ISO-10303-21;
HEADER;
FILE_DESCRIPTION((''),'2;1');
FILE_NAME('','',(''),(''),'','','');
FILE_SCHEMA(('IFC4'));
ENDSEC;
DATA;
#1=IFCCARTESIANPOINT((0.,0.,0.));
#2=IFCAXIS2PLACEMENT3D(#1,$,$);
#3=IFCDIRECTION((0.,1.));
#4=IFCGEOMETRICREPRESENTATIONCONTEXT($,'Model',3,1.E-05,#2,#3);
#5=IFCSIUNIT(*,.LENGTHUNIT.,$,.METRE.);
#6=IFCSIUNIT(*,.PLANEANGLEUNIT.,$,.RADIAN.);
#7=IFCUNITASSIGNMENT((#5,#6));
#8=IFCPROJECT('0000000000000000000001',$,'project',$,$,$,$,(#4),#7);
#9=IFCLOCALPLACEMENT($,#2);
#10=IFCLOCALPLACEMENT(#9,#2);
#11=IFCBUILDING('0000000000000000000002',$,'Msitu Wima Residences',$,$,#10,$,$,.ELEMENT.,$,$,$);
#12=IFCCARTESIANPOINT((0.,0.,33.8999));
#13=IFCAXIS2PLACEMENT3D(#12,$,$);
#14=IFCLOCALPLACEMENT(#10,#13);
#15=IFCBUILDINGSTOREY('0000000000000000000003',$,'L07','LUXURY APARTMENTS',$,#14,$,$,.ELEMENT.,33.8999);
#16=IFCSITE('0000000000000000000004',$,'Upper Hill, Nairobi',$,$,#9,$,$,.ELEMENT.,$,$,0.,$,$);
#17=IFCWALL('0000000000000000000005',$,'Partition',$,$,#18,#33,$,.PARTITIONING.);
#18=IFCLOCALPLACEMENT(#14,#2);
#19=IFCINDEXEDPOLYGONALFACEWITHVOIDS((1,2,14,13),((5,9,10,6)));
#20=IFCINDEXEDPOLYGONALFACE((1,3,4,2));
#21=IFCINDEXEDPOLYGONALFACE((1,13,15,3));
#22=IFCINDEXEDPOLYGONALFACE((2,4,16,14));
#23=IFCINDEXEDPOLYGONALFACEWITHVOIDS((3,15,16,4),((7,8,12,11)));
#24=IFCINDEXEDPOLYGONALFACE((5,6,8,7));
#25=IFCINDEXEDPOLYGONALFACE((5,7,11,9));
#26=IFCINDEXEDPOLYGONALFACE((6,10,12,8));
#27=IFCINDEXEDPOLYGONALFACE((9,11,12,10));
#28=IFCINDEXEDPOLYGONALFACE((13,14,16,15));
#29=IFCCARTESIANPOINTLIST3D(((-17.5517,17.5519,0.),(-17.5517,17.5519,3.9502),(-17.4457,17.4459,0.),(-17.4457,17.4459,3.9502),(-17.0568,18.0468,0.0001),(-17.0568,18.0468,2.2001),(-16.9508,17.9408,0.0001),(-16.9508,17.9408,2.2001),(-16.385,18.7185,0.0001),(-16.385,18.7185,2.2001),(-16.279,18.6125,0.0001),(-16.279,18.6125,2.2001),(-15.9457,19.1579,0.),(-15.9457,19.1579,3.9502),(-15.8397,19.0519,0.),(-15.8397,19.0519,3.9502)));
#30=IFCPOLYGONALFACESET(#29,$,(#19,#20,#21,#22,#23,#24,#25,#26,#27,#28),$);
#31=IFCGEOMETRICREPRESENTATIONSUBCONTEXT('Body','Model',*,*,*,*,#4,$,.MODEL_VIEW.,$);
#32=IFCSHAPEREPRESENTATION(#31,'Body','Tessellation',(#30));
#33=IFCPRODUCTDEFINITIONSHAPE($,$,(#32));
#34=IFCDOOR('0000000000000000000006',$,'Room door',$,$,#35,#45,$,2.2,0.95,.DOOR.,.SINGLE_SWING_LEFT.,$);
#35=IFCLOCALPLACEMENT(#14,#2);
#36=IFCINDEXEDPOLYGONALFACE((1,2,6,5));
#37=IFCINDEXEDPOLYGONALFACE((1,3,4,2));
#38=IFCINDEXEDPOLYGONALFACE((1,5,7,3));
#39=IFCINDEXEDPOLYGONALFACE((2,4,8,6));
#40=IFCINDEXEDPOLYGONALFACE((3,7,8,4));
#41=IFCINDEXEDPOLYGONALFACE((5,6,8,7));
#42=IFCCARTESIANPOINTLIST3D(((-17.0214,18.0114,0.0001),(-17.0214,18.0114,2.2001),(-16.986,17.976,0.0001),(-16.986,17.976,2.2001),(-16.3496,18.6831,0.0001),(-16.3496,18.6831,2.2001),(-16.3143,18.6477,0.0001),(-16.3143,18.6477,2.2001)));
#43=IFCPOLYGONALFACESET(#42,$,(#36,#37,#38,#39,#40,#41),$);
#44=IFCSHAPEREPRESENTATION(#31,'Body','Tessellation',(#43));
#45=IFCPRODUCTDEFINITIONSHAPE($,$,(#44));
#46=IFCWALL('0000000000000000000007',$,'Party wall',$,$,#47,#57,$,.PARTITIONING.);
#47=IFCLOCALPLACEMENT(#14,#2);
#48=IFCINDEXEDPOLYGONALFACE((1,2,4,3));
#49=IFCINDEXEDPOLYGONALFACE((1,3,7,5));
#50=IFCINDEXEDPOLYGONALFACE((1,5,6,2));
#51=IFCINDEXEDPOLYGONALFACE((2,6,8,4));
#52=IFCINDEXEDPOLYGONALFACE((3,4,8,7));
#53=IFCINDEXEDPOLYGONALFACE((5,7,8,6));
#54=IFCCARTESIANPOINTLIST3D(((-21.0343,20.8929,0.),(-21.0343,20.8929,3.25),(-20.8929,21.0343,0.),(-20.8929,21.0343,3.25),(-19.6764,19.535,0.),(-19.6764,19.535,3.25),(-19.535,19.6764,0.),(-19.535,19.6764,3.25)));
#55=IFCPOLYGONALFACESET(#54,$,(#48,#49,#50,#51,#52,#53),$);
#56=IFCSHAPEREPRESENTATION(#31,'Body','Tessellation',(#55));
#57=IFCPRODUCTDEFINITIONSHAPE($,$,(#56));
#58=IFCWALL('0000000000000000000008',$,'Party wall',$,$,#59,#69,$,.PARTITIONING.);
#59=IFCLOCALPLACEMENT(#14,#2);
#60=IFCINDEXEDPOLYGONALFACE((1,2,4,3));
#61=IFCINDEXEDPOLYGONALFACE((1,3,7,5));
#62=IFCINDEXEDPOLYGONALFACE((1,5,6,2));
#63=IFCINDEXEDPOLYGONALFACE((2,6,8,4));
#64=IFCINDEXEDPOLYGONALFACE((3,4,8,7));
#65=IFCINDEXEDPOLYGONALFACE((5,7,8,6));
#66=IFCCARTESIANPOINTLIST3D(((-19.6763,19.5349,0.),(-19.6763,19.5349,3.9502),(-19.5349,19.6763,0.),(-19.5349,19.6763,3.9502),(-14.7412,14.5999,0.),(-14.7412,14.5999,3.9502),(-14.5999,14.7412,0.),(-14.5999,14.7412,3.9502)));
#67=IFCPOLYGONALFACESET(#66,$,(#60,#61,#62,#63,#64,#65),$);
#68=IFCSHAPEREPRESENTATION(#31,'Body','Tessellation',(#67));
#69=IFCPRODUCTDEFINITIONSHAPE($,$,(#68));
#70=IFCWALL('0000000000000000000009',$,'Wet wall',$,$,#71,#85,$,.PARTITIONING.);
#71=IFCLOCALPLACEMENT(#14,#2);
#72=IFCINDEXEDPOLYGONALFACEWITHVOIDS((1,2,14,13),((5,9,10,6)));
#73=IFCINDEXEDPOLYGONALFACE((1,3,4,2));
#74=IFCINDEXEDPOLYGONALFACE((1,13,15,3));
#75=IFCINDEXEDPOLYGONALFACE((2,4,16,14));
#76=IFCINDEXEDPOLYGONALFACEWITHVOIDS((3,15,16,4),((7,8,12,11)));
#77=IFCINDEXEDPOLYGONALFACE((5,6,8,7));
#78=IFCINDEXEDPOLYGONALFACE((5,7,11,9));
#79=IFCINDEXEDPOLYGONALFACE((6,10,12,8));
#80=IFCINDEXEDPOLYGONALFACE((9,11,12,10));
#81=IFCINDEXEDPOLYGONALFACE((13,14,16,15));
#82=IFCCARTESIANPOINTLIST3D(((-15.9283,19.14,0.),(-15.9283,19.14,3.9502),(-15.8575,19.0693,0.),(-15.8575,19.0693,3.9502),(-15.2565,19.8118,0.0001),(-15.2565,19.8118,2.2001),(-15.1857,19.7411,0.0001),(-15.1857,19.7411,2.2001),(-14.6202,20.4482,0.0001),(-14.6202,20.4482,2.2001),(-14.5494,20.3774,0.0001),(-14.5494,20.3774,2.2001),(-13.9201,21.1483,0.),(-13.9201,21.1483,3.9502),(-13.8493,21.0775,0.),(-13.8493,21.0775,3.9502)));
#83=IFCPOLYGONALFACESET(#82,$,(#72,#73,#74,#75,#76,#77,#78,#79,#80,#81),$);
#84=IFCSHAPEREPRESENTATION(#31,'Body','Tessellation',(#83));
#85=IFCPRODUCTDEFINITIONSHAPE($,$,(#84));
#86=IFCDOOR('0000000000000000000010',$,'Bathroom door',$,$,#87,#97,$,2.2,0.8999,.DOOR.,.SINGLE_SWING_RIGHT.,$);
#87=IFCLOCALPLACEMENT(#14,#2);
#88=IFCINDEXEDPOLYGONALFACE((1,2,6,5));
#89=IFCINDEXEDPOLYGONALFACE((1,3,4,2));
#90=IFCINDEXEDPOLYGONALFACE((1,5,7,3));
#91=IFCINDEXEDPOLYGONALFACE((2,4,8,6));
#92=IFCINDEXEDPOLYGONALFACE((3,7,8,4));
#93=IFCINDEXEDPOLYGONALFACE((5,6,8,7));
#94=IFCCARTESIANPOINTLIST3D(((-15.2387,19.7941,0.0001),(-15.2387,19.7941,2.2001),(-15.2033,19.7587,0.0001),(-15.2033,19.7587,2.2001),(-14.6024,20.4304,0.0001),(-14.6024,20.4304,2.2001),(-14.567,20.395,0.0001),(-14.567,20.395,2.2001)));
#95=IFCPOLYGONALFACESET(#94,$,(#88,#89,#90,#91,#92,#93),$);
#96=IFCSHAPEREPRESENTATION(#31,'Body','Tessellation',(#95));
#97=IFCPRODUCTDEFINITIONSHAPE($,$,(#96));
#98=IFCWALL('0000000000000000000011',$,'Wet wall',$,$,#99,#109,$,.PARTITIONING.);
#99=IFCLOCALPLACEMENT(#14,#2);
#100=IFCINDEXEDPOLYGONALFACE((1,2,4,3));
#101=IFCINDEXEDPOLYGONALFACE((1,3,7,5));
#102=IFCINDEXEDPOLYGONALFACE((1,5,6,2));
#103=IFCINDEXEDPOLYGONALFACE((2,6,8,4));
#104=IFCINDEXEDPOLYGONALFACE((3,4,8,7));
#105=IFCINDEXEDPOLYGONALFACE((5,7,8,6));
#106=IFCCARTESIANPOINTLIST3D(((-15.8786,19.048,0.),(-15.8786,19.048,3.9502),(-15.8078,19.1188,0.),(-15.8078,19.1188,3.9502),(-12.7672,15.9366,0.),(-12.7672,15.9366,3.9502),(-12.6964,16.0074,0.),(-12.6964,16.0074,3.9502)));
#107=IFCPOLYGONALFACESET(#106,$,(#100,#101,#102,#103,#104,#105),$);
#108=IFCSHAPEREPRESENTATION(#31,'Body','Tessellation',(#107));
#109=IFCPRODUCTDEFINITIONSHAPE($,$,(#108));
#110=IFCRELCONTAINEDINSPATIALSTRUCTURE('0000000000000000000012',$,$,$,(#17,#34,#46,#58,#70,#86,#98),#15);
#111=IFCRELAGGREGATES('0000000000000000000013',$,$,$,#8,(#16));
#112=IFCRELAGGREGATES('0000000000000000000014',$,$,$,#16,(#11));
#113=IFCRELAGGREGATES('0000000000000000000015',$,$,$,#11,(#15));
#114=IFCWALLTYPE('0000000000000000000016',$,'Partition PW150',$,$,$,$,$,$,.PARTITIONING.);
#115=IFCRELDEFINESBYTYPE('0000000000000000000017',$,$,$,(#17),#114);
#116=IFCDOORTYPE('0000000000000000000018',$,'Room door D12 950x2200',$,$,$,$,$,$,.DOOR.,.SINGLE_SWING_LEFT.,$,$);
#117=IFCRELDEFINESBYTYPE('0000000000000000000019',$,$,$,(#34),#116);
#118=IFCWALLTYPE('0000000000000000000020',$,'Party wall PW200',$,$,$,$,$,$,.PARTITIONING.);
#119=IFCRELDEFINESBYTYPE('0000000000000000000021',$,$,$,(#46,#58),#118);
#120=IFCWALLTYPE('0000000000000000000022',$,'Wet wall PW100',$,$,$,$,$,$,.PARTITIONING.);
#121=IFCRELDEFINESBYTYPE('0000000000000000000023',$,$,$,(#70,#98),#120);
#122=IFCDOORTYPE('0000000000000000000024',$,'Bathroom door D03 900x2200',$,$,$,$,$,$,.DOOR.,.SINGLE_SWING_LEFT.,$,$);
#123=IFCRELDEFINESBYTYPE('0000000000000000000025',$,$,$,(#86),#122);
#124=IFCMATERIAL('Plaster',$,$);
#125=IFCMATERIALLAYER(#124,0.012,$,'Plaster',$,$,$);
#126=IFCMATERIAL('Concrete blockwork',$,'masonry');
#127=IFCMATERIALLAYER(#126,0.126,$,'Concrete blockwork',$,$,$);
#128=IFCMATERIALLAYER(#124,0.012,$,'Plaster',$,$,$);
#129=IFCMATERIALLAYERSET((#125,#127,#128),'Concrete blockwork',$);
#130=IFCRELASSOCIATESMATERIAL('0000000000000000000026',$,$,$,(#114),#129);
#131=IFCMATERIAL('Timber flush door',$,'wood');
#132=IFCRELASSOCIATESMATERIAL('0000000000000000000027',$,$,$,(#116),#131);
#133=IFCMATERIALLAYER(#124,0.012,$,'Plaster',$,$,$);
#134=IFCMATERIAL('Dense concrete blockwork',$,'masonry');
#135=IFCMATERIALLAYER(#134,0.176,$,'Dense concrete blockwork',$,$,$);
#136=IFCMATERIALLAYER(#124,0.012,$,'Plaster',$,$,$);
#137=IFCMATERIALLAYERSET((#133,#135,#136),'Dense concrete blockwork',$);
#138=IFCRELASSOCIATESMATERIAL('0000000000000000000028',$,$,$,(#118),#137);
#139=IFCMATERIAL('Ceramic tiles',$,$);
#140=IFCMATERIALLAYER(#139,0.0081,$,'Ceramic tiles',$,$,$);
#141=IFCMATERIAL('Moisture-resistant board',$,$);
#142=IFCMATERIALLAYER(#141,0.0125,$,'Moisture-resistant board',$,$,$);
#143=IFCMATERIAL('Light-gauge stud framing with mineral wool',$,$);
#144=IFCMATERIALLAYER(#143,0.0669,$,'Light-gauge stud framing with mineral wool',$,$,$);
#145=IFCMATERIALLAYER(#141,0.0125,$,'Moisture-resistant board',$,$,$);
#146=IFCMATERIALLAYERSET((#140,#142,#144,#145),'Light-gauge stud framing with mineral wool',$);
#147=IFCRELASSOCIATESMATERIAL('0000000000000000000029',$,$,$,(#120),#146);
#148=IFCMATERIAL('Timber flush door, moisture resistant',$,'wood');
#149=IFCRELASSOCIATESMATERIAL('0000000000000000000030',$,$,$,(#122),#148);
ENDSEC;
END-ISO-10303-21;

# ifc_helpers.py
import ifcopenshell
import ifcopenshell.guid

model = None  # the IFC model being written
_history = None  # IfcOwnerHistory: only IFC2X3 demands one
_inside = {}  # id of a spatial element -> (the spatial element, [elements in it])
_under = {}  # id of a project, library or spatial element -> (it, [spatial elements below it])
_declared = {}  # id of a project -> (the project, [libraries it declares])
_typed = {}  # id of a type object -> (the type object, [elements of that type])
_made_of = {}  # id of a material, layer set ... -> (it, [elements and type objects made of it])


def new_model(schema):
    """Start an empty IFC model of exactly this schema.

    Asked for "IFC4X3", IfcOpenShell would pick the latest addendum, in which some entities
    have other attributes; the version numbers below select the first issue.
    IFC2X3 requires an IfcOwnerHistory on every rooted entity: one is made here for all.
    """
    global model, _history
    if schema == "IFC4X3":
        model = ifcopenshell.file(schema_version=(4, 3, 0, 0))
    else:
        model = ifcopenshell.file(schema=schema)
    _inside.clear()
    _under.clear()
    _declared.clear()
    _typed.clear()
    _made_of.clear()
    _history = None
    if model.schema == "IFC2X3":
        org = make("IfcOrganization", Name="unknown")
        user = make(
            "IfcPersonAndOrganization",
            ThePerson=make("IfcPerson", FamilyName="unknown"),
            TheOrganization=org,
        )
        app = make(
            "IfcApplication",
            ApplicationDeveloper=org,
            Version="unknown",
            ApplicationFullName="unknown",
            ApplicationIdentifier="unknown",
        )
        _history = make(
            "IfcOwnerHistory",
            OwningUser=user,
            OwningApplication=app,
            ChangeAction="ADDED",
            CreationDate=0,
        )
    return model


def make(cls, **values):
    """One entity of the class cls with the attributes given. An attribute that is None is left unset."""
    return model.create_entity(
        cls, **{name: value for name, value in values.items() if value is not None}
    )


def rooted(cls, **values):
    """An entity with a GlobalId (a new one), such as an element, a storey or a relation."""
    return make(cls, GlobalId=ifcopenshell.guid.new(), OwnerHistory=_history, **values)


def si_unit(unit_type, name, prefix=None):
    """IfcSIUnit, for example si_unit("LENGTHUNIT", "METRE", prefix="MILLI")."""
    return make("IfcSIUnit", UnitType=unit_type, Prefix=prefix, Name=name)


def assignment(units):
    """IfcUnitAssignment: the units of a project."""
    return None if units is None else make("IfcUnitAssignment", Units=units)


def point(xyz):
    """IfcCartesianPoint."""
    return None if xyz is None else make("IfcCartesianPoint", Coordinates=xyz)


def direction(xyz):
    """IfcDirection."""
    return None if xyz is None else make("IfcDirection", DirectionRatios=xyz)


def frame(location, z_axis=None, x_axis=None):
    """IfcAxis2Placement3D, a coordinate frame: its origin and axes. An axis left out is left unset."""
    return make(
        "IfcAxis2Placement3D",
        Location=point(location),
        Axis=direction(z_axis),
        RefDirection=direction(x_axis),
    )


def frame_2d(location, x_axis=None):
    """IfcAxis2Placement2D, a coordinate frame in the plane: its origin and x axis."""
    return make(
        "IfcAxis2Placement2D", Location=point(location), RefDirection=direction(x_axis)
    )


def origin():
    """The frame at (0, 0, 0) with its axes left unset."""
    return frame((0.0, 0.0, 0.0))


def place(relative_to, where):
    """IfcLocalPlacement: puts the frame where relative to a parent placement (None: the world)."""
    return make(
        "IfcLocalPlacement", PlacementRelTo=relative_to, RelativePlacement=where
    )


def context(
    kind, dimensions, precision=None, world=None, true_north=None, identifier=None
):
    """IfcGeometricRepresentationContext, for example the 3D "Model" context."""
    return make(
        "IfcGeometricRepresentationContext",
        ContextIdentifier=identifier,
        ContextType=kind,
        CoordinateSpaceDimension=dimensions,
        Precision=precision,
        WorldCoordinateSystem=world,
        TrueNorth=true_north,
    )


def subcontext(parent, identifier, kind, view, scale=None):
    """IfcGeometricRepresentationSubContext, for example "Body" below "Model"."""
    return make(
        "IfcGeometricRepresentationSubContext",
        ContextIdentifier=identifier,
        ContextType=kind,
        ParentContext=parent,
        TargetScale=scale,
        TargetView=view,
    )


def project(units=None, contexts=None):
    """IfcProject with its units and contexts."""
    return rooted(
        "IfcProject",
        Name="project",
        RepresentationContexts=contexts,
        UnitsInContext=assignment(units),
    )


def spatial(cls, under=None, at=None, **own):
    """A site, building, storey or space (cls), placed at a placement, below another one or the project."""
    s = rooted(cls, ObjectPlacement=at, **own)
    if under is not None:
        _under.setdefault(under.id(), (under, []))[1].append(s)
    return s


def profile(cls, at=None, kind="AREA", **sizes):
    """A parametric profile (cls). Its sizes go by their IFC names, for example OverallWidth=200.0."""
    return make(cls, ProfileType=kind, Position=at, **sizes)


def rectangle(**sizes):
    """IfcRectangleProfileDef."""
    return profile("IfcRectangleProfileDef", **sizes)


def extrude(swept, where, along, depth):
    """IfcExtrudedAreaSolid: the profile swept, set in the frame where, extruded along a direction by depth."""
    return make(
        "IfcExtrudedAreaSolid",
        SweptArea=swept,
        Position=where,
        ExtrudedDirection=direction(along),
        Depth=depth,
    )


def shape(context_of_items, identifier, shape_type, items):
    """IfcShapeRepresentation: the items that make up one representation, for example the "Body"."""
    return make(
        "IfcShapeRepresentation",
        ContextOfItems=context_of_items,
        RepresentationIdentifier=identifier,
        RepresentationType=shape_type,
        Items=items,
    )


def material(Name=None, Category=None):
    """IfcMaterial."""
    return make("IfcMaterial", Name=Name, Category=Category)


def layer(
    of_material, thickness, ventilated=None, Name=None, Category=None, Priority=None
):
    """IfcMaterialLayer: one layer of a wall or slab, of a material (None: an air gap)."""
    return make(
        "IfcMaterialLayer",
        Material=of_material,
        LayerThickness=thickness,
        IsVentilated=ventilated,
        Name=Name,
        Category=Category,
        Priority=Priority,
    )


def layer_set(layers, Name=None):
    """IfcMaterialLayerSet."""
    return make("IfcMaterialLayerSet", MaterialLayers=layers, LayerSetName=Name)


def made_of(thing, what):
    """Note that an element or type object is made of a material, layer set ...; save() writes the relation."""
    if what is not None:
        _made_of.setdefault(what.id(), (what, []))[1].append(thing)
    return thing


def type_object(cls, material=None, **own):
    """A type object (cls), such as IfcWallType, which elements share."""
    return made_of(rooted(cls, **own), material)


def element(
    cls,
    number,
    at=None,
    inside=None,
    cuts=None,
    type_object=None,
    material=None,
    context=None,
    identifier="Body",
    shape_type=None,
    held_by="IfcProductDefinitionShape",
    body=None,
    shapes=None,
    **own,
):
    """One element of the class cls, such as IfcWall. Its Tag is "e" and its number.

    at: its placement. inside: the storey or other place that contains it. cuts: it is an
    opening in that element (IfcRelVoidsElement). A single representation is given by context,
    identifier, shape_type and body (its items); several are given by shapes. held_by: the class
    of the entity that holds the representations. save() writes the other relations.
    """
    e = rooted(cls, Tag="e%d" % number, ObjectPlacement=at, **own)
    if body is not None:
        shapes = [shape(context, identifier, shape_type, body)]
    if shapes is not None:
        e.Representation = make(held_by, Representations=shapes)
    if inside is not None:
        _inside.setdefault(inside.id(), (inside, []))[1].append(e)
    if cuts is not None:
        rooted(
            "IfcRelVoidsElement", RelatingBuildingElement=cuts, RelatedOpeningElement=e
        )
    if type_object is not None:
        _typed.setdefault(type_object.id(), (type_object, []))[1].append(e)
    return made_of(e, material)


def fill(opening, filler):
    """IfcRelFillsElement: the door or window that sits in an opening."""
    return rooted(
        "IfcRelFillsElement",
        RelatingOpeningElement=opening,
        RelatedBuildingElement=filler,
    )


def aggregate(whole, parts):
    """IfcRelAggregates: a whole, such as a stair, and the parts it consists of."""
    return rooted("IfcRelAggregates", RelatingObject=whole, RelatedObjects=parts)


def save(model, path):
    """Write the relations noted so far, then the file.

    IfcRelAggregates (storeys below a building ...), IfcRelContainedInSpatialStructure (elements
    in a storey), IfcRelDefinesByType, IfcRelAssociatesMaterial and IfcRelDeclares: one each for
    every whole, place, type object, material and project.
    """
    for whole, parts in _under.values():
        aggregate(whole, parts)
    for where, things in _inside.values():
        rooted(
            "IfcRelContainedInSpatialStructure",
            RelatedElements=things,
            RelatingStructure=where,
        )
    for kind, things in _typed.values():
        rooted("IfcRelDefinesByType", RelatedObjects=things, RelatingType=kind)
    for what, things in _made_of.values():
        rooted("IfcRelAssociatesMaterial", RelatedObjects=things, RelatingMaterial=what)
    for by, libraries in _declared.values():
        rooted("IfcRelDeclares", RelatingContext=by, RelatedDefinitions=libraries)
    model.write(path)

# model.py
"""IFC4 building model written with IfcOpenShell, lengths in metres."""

from ifc_helpers import new_model, si_unit, direction, frame, frame_2d, origin, place, context, subcontext, project, spatial, rectangle, extrude, material, layer, layer_set, type_object, element, fill, save


model = new_model("IFC4")

# Units and contexts
model_context = context("Model", 3, precision=1e-05, world=origin(), true_north=direction((0.0, 1.0)))
body_context = subcontext(model_context, "Body", "Model", "MODEL_VIEW")
ifc_project = project(units=[si_unit("LENGTHUNIT", "METRE"), si_unit("PLANEANGLEUNIT", "RADIAN")], contexts=[model_context])

# Site, building, storey
site_placement = place(None, origin())
site = spatial("IfcSite", under=ifc_project, at=site_placement, Name="Upper Hill, Nairobi", CompositionType="ELEMENT", RefElevation=0.0)
building_placement = place(site_placement, origin())
building = spatial("IfcBuilding", under=site, at=building_placement, Name="Msitu Wima Residences", CompositionType="ELEMENT")
storey_placement = place(building_placement, frame((0.0, 0.0, 33.8999)))
storey = spatial("IfcBuildingStorey", under=building, at=storey_placement, Name="L07", Description="LUXURY APARTMENTS", CompositionType="ELEMENT", Elevation=33.8999)

# Shared definitions
ifc_material_1 = material(Name="Plaster")
ifc_material_2 = material(Name="Concrete blockwork", Category="masonry")

# Shared definitions
ifc_layer_1 = layer(ifc_material_1, 0.012, Name="Plaster")
ifc_layer_2 = layer(ifc_material_2, 0.126, Name="Concrete blockwork")
ifc_layer_3 = layer(ifc_material_1, 0.012, Name="Plaster")
ifc_layer_set_1 = layer_set([ifc_layer_1, ifc_layer_2, ifc_layer_3], Name="Concrete blockwork")
wall_type_1 = type_object("IfcWallType", Name="Partition PW150", PredefinedType="PARTITIONING", material=ifc_layer_set_1)

# Wall, opening, door
wall_1_placement = place(storey_placement, frame((-17.4988, 17.4988, 0.0), z_axis=(0.0, 0.0, 1.0), x_axis=(0.707107, 0.707107, 0.0)))
wall_1 = element("IfcWall", 1, at=wall_1_placement, inside=storey, type_object=wall_type_1, Name="Partition", PredefinedType="PARTITIONING", context=body_context, shape_type="SweptSolid", body=[
    extrude(rectangle(XDim=2.2712, YDim=0.1499, at=frame_2d((1.1357, 0.0))), origin(), (0.0, 0.0, 1.0), 3.9502),
])
opening_1_placement = place(wall_1_placement, frame((0.7, 0.0, 0.0)))
opening_1 = element("IfcOpeningElement", 2, at=opening_1_placement, cuts=wall_1, PredefinedType="OPENING", context=body_context, shape_type="SweptSolid", body=[
    extrude(rectangle(XDim=0.95, YDim=2.2, at=frame_2d((0.4751, 1.1001))), frame((0.0, 0.085, 0.0), z_axis=(0.0, -1.0, 0.0), x_axis=(1.0, 0.0, 0.0)), (0.0, 0.0, 1.0), 0.1699),
])
ifc_material_3 = material(Name="Timber flush door", Category="wood")
door_type_1 = type_object("IfcDoorType", Name="Room door D12 950x2200", OperationType="SINGLE_SWING_LEFT", PredefinedType="DOOR", material=ifc_material_3)
door_1_placement = place(opening_1_placement, origin())
door_1 = element("IfcDoor", 3, at=door_1_placement, inside=storey, type_object=door_type_1, Name="Room door", OperationType="SINGLE_SWING_LEFT", OverallHeight=2.2, OverallWidth=0.95, PredefinedType="DOOR", context=body_context, shape_type="SweptSolid", body=[
    extrude(rectangle(XDim=0.95, YDim=2.2, at=frame_2d((0.4751, 1.1001))), frame((0.0, 0.0249, 0.0), z_axis=(0.0, -1.0, 0.0), x_axis=(1.0, 0.0, 0.0)), (0.0, 0.0, 1.0), 0.05),
])
fill(opening_1, door_1)

# Walls
ifc_layer_4 = layer(ifc_material_1, 0.012, Name="Plaster")
ifc_material_4 = material(Name="Dense concrete blockwork", Category="masonry")
ifc_layer_5 = layer(ifc_material_4, 0.176, Name="Dense concrete blockwork")
ifc_layer_6 = layer(ifc_material_1, 0.012, Name="Plaster")
ifc_layer_set_2 = layer_set([ifc_layer_4, ifc_layer_5, ifc_layer_6], Name="Dense concrete blockwork")
wall_type_2 = type_object("IfcWallType", Name="Party wall PW200", PredefinedType="PARTITIONING", material=ifc_layer_set_2)
wall_2_placement = place(storey_placement, frame((-20.9636, 20.9636, 0.0), z_axis=(0.0, 0.0, 1.0), x_axis=(0.707107, -0.707107, 0.0)))
element("IfcWall", 4, at=wall_2_placement, inside=storey, type_object=wall_type_2, Name="Party wall", PredefinedType="PARTITIONING", context=body_context, shape_type="SweptSolid", body=[
    extrude(rectangle(XDim=1.9204, YDim=0.2, at=frame_2d((0.9602, 0.0))), origin(), (0.0, 0.0, 1.0), 3.25),
])
wall_3_placement = place(storey_placement, frame((-19.6057, 19.6057, 0.0), z_axis=(0.0, 0.0, 1.0), x_axis=(0.707107, -0.707107, 0.0)))
element("IfcWall", 5, at=wall_3_placement, inside=storey, type_object=wall_type_2, Name="Party wall", PredefinedType="PARTITIONING", context=body_context, shape_type="SweptSolid", body=[
    extrude(rectangle(XDim=6.9792, YDim=0.2, at=frame_2d((3.4897, 0.0))), origin(), (0.0, 0.0, 1.0), 3.9502),
])

# Wall, opening, door
ifc_material_5 = material(Name="Ceramic tiles")
ifc_layer_7 = layer(ifc_material_5, 0.0081, Name="Ceramic tiles")
ifc_material_6 = material(Name="Moisture-resistant board")
ifc_layer_8 = layer(ifc_material_6, 0.0125, Name="Moisture-resistant board")
ifc_material_7 = material(Name="Light-gauge stud framing with mineral wool")
ifc_layer_9 = layer(ifc_material_7, 0.0669, Name="Light-gauge stud framing with mineral wool")
ifc_layer_10 = layer(ifc_material_6, 0.0125, Name="Moisture-resistant board")
ifc_layer_set_3 = layer_set([ifc_layer_7, ifc_layer_8, ifc_layer_9, ifc_layer_10], Name="Light-gauge stud framing with mineral wool")
wall_type_3 = type_object("IfcWallType", Name="Wet wall PW100", PredefinedType="PARTITIONING", material=ifc_layer_set_3)
wall_4_placement = place(storey_placement, frame((-15.8928, 19.1047, 0.0), z_axis=(0.0, 0.0, 1.0), x_axis=(0.707107, 0.707107, 0.0)))
wall_4 = element("IfcWall", 6, at=wall_4_placement, inside=storey, type_object=wall_type_3, Name="Wet wall", PredefinedType="PARTITIONING", context=body_context, shape_type="SweptSolid", body=[
    extrude(rectangle(XDim=2.8401, YDim=0.1001, at=frame_2d((1.4199, 0.0))), origin(), (0.0, 0.0, 1.0), 3.9502),
])
opening_2_placement = place(wall_4_placement, frame((0.95, 0.0, 0.0)))
opening_2 = element("IfcOpeningElement", 7, at=opening_2_placement, cuts=wall_4, PredefinedType="OPENING", context=body_context, shape_type="SweptSolid", body=[
    extrude(rectangle(XDim=0.8999, YDim=2.2, at=frame_2d((0.45, 1.1001))), frame((0.0, 0.0601, 0.0), z_axis=(0.0, -1.0, 0.0), x_axis=(1.0, 0.0, 0.0)), (0.0, 0.0, 1.0), 0.1201),
])
ifc_material_8 = material(Name="Timber flush door, moisture resistant", Category="wood")
door_type_2 = type_object("IfcDoorType", Name="Bathroom door D03 900x2200", OperationType="SINGLE_SWING_LEFT", PredefinedType="DOOR", material=ifc_material_8)
door_2_placement = place(opening_2_placement, origin())
door_2 = element("IfcDoor", 8, at=door_2_placement, inside=storey, type_object=door_type_2, Name="Bathroom door", OperationType="SINGLE_SWING_RIGHT", OverallHeight=2.2, OverallWidth=0.8999, PredefinedType="DOOR", context=body_context, shape_type="SweptSolid", body=[
    extrude(rectangle(XDim=0.8999, YDim=2.2, at=frame_2d((0.45, 1.1001))), frame((0.0, 0.0249, 0.0), z_axis=(0.0, -1.0, 0.0), x_axis=(1.0, 0.0, 0.0)), (0.0, 0.0, 1.0), 0.05),
])
fill(opening_2, door_2)

# Wall
wall_5_placement = place(storey_placement, frame((-15.8433, 19.0835, 0.0), z_axis=(0.0, 0.0, 1.0), x_axis=(0.707107, -0.707107, 0.0)))
element("IfcWall", 9, at=wall_5_placement, inside=storey, type_object=wall_type_3, Name="Wet wall", PredefinedType="PARTITIONING", context=body_context, shape_type="SweptSolid", body=[
    extrude(rectangle(XDim=4.4001, YDim=0.1001, at=frame_2d((2.2002, 0.0))), origin(), (0.0, 0.0, 1.0), 3.9502),
])

save(model, "model.ifc")
